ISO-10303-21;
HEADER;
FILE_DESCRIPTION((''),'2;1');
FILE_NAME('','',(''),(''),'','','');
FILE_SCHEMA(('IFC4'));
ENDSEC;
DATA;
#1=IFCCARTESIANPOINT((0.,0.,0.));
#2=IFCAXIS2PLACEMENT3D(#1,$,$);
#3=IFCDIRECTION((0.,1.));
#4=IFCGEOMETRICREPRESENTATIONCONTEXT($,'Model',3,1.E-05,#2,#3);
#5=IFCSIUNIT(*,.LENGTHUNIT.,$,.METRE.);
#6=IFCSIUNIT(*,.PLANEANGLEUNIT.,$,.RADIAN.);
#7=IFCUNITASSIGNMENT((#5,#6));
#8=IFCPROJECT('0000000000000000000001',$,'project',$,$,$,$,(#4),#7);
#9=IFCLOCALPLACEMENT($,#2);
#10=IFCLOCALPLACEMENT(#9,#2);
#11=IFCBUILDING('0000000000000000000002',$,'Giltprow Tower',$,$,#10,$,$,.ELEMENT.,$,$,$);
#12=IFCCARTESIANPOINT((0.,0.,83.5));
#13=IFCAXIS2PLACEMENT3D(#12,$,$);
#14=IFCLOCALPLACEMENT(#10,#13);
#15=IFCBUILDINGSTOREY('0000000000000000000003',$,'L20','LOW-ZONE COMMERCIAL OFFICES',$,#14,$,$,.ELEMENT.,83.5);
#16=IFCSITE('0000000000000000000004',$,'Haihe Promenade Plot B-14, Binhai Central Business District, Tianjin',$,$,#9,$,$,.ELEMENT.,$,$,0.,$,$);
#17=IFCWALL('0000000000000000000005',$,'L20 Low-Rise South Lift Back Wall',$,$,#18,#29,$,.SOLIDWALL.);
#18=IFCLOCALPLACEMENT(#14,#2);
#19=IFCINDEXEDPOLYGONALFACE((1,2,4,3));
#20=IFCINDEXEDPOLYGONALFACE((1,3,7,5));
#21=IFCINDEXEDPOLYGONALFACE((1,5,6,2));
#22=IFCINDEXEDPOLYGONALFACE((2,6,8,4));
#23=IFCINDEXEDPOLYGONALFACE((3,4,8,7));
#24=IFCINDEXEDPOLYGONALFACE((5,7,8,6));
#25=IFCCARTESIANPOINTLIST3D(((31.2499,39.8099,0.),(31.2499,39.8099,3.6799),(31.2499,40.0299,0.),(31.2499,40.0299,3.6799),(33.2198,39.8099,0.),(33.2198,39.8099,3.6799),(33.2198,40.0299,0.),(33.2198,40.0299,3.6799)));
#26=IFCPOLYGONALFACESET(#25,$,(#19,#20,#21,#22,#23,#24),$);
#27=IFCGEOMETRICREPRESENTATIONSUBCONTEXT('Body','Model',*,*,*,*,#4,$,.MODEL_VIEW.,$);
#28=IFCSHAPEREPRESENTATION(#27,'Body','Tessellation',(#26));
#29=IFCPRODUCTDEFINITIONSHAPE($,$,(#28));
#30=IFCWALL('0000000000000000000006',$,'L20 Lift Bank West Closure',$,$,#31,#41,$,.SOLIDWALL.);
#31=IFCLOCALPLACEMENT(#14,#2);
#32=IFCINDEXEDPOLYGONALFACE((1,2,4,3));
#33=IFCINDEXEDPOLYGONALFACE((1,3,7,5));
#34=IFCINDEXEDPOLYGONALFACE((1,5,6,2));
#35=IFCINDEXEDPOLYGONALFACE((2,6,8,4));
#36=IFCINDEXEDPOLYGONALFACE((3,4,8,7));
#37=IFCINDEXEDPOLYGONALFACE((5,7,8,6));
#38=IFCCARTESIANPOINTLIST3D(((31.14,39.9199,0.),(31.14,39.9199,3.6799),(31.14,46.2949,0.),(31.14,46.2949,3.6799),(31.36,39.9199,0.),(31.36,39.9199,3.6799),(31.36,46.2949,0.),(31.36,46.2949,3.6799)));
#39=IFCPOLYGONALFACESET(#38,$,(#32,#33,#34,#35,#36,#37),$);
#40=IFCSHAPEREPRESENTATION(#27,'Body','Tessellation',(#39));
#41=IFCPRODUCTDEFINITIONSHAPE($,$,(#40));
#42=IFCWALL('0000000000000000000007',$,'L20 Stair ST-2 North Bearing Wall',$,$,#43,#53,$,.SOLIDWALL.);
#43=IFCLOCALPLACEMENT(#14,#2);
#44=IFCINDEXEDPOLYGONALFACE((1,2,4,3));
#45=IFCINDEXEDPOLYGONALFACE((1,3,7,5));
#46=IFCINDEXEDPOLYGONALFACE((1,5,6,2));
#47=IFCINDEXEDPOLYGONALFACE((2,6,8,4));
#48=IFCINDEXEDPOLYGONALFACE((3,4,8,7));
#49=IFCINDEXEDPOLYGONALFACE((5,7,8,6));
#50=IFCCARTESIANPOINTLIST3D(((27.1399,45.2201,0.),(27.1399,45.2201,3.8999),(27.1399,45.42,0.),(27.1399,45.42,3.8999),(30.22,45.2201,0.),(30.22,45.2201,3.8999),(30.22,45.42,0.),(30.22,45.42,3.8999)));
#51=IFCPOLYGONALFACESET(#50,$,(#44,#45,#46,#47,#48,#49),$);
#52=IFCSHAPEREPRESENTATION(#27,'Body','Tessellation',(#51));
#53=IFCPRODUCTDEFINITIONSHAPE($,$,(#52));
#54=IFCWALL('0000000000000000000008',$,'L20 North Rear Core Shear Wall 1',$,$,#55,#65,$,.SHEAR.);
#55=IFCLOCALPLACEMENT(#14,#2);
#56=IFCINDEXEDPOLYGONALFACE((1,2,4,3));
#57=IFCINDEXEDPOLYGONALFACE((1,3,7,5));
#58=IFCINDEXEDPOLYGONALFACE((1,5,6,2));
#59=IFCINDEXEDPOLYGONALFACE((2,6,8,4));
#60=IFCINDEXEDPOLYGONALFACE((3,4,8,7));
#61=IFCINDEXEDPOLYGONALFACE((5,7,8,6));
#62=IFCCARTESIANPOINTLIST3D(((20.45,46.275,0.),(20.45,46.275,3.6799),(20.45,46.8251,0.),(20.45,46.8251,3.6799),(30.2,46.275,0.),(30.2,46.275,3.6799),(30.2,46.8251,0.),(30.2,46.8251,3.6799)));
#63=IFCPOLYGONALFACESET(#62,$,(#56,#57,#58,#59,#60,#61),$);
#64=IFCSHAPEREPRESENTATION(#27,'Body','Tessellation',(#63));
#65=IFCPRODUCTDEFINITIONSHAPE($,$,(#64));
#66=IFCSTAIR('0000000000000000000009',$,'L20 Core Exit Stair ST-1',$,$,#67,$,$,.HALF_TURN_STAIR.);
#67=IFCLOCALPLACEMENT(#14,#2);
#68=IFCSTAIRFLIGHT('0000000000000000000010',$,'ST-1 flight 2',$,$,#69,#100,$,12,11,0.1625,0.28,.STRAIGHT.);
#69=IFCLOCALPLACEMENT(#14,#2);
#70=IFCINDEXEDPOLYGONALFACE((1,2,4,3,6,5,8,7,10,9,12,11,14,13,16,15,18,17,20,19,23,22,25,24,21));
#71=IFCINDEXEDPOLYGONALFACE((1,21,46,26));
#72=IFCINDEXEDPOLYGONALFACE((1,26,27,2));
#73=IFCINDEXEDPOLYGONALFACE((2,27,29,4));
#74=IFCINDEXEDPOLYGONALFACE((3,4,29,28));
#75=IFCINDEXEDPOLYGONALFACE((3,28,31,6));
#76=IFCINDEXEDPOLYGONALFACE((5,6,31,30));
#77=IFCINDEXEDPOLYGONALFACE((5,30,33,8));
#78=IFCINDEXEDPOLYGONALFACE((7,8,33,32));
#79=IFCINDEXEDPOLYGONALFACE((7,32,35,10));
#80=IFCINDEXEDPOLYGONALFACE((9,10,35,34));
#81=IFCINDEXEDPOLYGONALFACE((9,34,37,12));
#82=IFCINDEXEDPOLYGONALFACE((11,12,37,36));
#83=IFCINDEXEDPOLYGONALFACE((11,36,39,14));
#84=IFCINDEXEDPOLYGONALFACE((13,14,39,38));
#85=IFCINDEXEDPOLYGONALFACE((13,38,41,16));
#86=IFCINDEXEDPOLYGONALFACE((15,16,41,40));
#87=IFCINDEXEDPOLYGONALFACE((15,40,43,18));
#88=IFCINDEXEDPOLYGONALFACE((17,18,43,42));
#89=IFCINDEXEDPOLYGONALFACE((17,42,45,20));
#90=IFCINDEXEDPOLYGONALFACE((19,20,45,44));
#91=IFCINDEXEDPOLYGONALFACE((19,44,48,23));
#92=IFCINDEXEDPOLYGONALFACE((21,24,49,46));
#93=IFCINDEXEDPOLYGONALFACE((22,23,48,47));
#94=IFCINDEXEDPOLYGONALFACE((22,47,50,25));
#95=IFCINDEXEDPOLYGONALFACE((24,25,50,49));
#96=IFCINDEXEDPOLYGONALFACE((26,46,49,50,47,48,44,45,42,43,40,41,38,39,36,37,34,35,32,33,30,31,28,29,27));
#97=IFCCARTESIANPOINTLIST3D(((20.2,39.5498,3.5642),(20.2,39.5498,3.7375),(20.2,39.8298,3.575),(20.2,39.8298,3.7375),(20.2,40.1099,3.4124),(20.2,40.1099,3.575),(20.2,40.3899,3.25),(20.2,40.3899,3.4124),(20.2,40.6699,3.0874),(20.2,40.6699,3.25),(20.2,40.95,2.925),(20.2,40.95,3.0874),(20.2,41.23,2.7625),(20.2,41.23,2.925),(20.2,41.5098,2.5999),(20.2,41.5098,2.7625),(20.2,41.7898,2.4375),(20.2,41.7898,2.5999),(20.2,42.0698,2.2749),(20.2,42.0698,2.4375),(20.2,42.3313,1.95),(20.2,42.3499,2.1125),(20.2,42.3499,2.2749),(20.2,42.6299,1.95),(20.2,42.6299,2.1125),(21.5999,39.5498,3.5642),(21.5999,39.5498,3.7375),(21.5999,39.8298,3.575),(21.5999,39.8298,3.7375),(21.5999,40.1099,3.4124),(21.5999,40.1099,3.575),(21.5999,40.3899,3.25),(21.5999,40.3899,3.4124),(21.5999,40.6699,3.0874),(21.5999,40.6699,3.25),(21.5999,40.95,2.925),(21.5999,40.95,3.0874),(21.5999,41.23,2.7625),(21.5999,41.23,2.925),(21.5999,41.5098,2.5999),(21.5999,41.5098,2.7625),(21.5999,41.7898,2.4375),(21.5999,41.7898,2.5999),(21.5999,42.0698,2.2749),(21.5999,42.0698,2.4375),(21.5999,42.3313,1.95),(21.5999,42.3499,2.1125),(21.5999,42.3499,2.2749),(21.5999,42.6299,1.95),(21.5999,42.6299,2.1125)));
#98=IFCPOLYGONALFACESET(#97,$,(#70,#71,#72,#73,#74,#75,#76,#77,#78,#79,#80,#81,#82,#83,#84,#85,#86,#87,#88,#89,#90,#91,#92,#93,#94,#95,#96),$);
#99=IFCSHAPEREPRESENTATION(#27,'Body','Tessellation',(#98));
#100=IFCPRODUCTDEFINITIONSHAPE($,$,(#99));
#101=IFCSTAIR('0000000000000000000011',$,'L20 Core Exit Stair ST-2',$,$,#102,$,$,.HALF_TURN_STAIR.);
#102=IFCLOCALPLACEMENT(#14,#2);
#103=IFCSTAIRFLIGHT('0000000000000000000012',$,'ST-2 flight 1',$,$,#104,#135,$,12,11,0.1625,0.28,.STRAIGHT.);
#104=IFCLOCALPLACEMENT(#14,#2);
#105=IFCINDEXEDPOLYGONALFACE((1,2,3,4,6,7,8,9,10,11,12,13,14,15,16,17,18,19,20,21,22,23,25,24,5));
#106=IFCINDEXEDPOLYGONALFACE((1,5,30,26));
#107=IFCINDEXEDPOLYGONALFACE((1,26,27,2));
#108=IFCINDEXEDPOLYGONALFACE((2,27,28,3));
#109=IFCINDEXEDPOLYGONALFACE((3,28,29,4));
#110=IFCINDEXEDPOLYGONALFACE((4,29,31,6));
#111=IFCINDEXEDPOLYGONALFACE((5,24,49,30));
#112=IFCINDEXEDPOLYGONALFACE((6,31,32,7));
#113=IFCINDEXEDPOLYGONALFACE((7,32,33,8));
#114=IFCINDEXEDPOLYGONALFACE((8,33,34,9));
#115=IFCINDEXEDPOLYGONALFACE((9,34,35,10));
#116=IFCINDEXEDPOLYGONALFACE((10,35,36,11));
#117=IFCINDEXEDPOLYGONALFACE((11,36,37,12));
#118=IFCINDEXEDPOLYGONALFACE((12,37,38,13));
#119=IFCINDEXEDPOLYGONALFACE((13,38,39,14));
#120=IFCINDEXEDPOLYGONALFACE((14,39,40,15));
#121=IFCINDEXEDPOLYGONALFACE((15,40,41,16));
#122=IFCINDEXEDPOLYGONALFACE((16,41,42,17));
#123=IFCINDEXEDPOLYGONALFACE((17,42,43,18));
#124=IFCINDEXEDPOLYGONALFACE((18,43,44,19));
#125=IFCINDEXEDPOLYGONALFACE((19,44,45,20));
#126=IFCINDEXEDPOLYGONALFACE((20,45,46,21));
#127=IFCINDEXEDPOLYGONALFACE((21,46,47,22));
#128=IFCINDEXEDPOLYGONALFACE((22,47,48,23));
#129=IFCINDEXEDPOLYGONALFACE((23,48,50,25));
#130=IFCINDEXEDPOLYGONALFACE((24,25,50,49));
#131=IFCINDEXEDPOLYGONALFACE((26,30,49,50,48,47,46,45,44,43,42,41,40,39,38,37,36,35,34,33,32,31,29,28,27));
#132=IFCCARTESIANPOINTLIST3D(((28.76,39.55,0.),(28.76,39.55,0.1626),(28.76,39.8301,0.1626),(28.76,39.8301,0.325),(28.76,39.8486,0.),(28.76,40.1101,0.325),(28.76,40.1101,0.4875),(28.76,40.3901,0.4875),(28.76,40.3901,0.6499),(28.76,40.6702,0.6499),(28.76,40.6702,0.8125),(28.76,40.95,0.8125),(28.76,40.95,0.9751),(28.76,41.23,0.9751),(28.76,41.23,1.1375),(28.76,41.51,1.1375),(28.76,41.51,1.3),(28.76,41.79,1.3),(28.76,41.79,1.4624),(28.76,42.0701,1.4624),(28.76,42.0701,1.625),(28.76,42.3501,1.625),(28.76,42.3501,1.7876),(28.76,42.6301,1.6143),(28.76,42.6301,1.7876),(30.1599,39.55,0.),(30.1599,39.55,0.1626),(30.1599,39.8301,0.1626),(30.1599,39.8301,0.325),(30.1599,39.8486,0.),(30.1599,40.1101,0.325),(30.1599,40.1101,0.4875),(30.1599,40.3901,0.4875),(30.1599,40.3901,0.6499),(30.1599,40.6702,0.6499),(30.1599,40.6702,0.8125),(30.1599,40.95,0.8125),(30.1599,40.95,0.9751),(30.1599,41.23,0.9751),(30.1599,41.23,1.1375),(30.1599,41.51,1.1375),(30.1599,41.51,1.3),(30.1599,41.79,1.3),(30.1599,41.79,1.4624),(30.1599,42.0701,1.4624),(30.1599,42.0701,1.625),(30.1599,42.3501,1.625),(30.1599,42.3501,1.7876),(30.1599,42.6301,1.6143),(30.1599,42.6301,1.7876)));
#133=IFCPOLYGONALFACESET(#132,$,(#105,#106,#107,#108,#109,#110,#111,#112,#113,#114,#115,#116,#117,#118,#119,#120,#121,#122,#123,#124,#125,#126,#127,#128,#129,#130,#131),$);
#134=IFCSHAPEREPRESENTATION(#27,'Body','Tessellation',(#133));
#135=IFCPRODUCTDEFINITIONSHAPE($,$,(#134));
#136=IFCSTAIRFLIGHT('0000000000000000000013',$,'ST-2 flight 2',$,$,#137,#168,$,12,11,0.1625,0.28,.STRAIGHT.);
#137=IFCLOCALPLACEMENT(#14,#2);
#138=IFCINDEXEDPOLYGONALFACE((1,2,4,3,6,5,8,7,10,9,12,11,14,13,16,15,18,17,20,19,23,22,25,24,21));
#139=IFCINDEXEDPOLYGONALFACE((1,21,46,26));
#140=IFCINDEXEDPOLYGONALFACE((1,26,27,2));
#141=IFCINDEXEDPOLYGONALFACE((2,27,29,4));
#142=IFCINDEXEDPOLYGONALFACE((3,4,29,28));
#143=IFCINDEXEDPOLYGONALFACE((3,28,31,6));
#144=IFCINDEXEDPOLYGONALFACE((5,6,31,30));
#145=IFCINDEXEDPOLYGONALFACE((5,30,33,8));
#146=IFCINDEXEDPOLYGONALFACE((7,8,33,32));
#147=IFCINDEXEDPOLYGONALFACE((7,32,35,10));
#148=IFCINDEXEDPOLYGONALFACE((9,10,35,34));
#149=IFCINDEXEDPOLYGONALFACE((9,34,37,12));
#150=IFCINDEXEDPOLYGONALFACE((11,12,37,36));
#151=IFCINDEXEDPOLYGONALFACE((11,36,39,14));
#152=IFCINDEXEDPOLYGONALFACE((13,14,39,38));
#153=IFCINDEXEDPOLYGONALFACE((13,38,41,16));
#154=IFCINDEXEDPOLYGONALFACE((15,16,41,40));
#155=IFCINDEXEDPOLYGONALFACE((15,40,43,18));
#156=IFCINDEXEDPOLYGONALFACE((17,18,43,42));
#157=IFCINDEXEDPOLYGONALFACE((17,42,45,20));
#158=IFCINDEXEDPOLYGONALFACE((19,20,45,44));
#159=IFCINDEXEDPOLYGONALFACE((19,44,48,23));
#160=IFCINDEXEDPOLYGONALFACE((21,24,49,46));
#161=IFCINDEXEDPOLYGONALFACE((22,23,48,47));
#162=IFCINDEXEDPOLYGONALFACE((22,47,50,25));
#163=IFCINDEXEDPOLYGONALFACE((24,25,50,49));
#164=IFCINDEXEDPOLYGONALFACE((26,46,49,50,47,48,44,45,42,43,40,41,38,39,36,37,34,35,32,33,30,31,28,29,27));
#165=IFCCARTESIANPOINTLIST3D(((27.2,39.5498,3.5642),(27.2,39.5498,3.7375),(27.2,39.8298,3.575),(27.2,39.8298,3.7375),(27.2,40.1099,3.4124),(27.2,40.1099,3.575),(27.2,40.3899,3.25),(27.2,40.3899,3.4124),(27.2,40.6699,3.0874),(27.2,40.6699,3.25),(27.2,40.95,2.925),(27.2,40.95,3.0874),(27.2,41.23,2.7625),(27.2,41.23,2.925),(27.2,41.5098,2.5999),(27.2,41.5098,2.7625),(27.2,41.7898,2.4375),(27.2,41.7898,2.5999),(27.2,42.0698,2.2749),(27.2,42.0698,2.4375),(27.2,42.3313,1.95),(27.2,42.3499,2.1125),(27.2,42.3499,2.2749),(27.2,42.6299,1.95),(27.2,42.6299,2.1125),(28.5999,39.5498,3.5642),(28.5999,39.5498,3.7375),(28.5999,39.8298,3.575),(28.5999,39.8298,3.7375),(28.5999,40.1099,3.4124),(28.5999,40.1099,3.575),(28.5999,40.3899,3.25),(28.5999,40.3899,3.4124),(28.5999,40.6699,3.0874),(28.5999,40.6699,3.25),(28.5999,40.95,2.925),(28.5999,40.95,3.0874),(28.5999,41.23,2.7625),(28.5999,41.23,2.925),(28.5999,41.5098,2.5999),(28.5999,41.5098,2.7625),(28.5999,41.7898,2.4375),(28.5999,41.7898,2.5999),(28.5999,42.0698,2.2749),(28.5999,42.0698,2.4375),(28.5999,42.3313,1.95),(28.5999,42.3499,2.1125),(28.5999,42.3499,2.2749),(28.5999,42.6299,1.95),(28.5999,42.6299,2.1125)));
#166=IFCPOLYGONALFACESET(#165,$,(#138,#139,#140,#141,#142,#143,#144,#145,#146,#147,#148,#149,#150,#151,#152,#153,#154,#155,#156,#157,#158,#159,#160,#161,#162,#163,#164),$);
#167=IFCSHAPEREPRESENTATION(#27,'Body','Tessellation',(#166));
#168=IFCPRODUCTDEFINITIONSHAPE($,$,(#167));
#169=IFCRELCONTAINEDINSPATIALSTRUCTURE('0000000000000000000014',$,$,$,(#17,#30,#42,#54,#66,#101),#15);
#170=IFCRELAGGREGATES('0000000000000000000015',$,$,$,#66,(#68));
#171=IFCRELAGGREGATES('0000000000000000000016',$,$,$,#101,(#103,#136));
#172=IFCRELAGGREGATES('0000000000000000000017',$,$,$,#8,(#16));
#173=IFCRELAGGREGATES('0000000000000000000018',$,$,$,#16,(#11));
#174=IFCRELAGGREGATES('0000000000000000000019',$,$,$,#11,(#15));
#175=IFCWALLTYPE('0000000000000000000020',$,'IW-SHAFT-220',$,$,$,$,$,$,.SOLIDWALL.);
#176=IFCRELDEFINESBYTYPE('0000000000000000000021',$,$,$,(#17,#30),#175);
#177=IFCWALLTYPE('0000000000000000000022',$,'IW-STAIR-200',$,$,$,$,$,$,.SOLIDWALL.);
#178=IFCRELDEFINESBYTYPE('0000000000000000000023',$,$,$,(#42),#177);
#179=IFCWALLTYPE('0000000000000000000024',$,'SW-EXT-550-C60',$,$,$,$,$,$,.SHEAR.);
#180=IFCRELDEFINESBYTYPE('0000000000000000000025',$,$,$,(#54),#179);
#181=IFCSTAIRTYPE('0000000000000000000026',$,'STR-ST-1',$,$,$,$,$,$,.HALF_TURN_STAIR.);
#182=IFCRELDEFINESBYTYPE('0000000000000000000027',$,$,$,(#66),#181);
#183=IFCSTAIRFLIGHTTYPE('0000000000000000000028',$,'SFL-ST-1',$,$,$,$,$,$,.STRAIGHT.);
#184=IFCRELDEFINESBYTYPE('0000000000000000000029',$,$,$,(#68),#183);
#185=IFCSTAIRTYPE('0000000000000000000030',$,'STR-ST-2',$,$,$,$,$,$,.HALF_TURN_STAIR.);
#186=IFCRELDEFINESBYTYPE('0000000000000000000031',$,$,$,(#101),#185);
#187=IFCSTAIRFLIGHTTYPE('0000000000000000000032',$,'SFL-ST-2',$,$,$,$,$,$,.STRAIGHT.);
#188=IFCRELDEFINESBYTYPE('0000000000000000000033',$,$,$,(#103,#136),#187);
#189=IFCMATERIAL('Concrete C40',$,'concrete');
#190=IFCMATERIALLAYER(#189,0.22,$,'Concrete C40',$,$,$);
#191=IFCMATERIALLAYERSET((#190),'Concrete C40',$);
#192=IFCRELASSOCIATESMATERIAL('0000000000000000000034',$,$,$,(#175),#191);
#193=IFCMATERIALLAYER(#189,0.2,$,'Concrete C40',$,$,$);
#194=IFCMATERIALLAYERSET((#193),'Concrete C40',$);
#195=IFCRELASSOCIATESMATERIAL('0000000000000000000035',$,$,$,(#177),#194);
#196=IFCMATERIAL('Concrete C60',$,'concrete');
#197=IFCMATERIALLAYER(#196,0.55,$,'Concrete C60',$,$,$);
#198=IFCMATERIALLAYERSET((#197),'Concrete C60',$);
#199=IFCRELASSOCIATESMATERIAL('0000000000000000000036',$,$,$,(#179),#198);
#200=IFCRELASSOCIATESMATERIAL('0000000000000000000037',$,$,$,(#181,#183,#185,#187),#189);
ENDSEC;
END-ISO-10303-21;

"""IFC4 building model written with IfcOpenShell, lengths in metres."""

from ifc_helpers import new_model, si_unit, direction, frame, frame_2d, origin, place, context, subcontext, project, spatial, polyline, rectangle, outline, extrude, material, layer, layer_set, type_object, element, aggregate, save


model = new_model("IFC4")

# Units and contexts
model_context = context("Model", 3, precision=1e-05, world=origin(), true_north=direction((0.0, 1.0)))
body_context = subcontext(model_context, "Body", "Model", "MODEL_VIEW")
ifc_project = project(units=[si_unit("LENGTHUNIT", "METRE"), si_unit("PLANEANGLEUNIT", "RADIAN")], contexts=[model_context])

# Site, building, storey
site_placement = place(None, origin())
site = spatial("IfcSite", under=ifc_project, at=site_placement, Name="Haihe Promenade Plot B-14, Binhai Central Business District, Tianjin", CompositionType="ELEMENT", RefElevation=0.0)
building_placement = place(site_placement, origin())
building = spatial("IfcBuilding", under=site, at=building_placement, Name="Giltprow Tower", CompositionType="ELEMENT")
storey_placement = place(building_placement, frame((0.0, 0.0, 83.5)))
storey = spatial("IfcBuildingStorey", under=building, at=storey_placement, Name="L20", Description="LOW-ZONE COMMERCIAL OFFICES", CompositionType="ELEMENT", Elevation=83.5)

# Shared definitions
ifc_material_1 = material(Name="Concrete C60", Category="concrete")

# Shared definitions
ifc_material_2 = material(Name="Concrete C40", Category="concrete")
ifc_layer_1 = layer(ifc_material_2, 0.22, Name="Concrete C40")
ifc_layer_set_1 = layer_set([ifc_layer_1], Name="Concrete C40")
wall_type_1 = type_object("IfcWallType", Name="IW-SHAFT-220", PredefinedType="SOLIDWALL", material=ifc_layer_set_1)

# Walls
wall_1_placement = place(storey_placement, frame((31.25, 39.9199, 0.0), z_axis=(0.0, 0.0, 1.0), x_axis=(1.0, 0.0, 0.0)))
element("IfcWall", 1, at=wall_1_placement, inside=storey, type_object=wall_type_1, Name="L20 Low-Rise South Lift Back Wall", PredefinedType="SOLIDWALL", context=body_context, shape_type="SweptSolid", body=[
    extrude(rectangle(XDim=1.97, YDim=0.22, at=frame_2d((0.9849, 0.0))), origin(), (0.0, 0.0, 1.0), 3.6799),
])
wall_2_placement = place(storey_placement, frame((31.25, 39.9199, 0.0), z_axis=(0.0, 0.0, 1.0), x_axis=(0.0, 1.0, 0.0)))
element("IfcWall", 2, at=wall_2_placement, inside=storey, type_object=wall_type_1, Name="L20 Lift Bank West Closure", PredefinedType="SOLIDWALL", context=body_context, shape_type="SweptSolid", body=[
    extrude(rectangle(XDim=6.375, YDim=0.22, at=frame_2d((3.1875, 0.0))), origin(), (0.0, 0.0, 1.0), 3.6799),
])
ifc_layer_2 = layer(ifc_material_2, 0.2, Name="Concrete C40")
ifc_layer_set_2 = layer_set([ifc_layer_2], Name="Concrete C40")
wall_type_2 = type_object("IfcWallType", Name="IW-STAIR-200", PredefinedType="SOLIDWALL", material=ifc_layer_set_2)
wall_3_placement = place(storey_placement, frame((27.1399, 45.3201, 0.0), z_axis=(0.0, 0.0, 1.0), x_axis=(1.0, 0.0, 0.0)))
element("IfcWall", 3, at=wall_3_placement, inside=storey, type_object=wall_type_2, Name="L20 Stair ST-2 North Bearing Wall", PredefinedType="SOLIDWALL", context=body_context, shape_type="SweptSolid", body=[
    extrude(rectangle(XDim=3.0801, YDim=0.2, at=frame_2d((1.54, 0.0))), origin(), (0.0, 0.0, 1.0), 3.8999),
])
ifc_layer_3 = layer(ifc_material_1, 0.55, Name="Concrete C60")
ifc_layer_set_3 = layer_set([ifc_layer_3], Name="Concrete C60")
wall_type_3 = type_object("IfcWallType", Name="SW-EXT-550-C60", PredefinedType="SHEAR", material=ifc_layer_set_3)
wall_4_placement = place(storey_placement, frame((20.45, 46.55, 0.0), z_axis=(0.0, 0.0, 1.0), x_axis=(1.0, 0.0, 0.0)))
element("IfcWall", 4, at=wall_4_placement, inside=storey, type_object=wall_type_3, Name="L20 North Rear Core Shear Wall 1", PredefinedType="SHEAR", context=body_context, shape_type="SweptSolid", body=[
    extrude(rectangle(XDim=9.75, YDim=0.55, at=frame_2d((4.875, 0.0))), origin(), (0.0, 0.0, 1.0), 3.6799),
])

# Stair, stair flight
stair_type_1 = type_object("IfcStairType", Name="STR-ST-1", PredefinedType="HALF_TURN_STAIR", material=ifc_material_2)
stair_1_placement = place(storey_placement, origin())
stair_1 = element("IfcStair", 5, at=stair_1_placement, inside=storey, type_object=stair_type_1, Name="L20 Core Exit Stair ST-1", PredefinedType="HALF_TURN_STAIR")
stair_flight_type_1 = type_object("IfcStairFlightType", Name="SFL-ST-1", PredefinedType="STRAIGHT", material=ifc_material_2)
stair_flight_1_placement = place(storey_placement, frame((20.8999, 42.6299, 1.95), z_axis=(0.0, 0.0, 1.0), x_axis=(0.0, -1.0, 0.0)))
stair_flight_1 = element("IfcStairFlight", 6, at=stair_flight_1_placement, type_object=stair_flight_type_1, Name="ST-1 flight 2", NumberOfRisers=12, NumberOfTreads=11, PredefinedType="STRAIGHT", RiserHeight=0.1625, TreadLength=0.28, context=body_context, shape_type="SweptSolid", body=[
    extrude(outline(polyline([(0.0, 0.0), (0.0, 0.1626), (0.28, 0.1626), (0.28, 0.325), (0.5601, 0.325), (0.5601, 0.4875), (0.8401, 0.4875), (0.8401, 0.6499), (1.1201, 0.6499), (1.1201, 0.8125), (1.3999, 0.8125), (1.3999, 0.9751), (1.6799, 0.9751), (1.6799, 1.1375), (1.96, 1.1375), (1.96, 1.3), (2.24, 1.3), (2.24, 1.4624), (2.52, 1.4624), (2.52, 1.625), (2.8, 1.625), (2.8, 1.7876), (3.0801, 1.7876), (3.0801, 1.95), (3.0801, 1.6143), (0.2986, 0.0), (0.0, 0.0)])), frame((0.0, 0.7, 0.0), z_axis=(0.0, -1.0, 0.0), x_axis=(1.0, 0.0, 0.0)), (0.0, 0.0, 1.0), 1.3999),
])
aggregate(stair_1, [stair_flight_1])

# Stair, stair flights
stair_type_2 = type_object("IfcStairType", Name="STR-ST-2", PredefinedType="HALF_TURN_STAIR", material=ifc_material_2)
stair_2_placement = place(storey_placement, origin())
stair_2 = element("IfcStair", 7, at=stair_2_placement, inside=storey, type_object=stair_type_2, Name="L20 Core Exit Stair ST-2", PredefinedType="HALF_TURN_STAIR")
stair_flight_type_2 = type_object("IfcStairFlightType", Name="SFL-ST-2", PredefinedType="STRAIGHT", material=ifc_material_2)
stair_flight_2_placement = place(storey_placement, frame((29.46, 39.55, 0.0), z_axis=(0.0, 0.0, 1.0), x_axis=(0.0, 1.0, 0.0)))
stair_flight_2 = element("IfcStairFlight", 8, at=stair_flight_2_placement, type_object=stair_flight_type_2, Name="ST-2 flight 1", NumberOfRisers=12, NumberOfTreads=11, PredefinedType="STRAIGHT", RiserHeight=0.1625, TreadLength=0.28, context=body_context, shape_type="SweptSolid", body=[
    extrude(outline(polyline([(0.0, 0.0), (0.0, 0.1626), (0.28, 0.1626), (0.28, 0.325), (0.5601, 0.325), (0.5601, 0.4875), (0.8401, 0.4875), (0.8401, 0.6499), (1.1201, 0.6499), (1.1201, 0.8125), (1.3999, 0.8125), (1.3999, 0.9751), (1.6799, 0.9751), (1.6799, 1.1375), (1.96, 1.1375), (1.96, 1.3), (2.24, 1.3), (2.24, 1.4624), (2.52, 1.4624), (2.52, 1.625), (2.8, 1.625), (2.8, 1.7876), (3.0801, 1.7876), (3.0801, 1.95), (3.0801, 1.6143), (0.2986, 0.0), (0.0, 0.0)])), frame((0.0, 0.7, 0.0), z_axis=(0.0, -1.0, 0.0), x_axis=(1.0, 0.0, 0.0)), (0.0, 0.0, 1.0), 1.3999),
])
stair_flight_3_placement = place(storey_placement, frame((27.8999, 42.6299, 1.95), z_axis=(0.0, 0.0, 1.0), x_axis=(0.0, -1.0, 0.0)))
stair_flight_3 = element("IfcStairFlight", 9, at=stair_flight_3_placement, type_object=stair_flight_type_2, Name="ST-2 flight 2", NumberOfRisers=12, NumberOfTreads=11, PredefinedType="STRAIGHT", RiserHeight=0.1625, TreadLength=0.28, context=body_context, shape_type="SweptSolid", body=[
    extrude(outline(polyline([(0.0, 0.0), (0.0, 0.1626), (0.28, 0.1626), (0.28, 0.325), (0.5601, 0.325), (0.5601, 0.4875), (0.8401, 0.4875), (0.8401, 0.6499), (1.1201, 0.6499), (1.1201, 0.8125), (1.3999, 0.8125), (1.3999, 0.9751), (1.6799, 0.9751), (1.6799, 1.1375), (1.96, 1.1375), (1.96, 1.3), (2.24, 1.3), (2.24, 1.4624), (2.52, 1.4624), (2.52, 1.625), (2.8, 1.625), (2.8, 1.7876), (3.0801, 1.7876), (3.0801, 1.95), (3.0801, 1.6143), (0.2986, 0.0), (0.0, 0.0)])), frame((0.0, 0.7, 0.0), z_axis=(0.0, -1.0, 0.0), x_axis=(1.0, 0.0, 0.0)), (0.0, 0.0, 1.0), 1.3999),
])
aggregate(stair_2, [stair_flight_2, stair_flight_3])

save(model, "model.ifc")
